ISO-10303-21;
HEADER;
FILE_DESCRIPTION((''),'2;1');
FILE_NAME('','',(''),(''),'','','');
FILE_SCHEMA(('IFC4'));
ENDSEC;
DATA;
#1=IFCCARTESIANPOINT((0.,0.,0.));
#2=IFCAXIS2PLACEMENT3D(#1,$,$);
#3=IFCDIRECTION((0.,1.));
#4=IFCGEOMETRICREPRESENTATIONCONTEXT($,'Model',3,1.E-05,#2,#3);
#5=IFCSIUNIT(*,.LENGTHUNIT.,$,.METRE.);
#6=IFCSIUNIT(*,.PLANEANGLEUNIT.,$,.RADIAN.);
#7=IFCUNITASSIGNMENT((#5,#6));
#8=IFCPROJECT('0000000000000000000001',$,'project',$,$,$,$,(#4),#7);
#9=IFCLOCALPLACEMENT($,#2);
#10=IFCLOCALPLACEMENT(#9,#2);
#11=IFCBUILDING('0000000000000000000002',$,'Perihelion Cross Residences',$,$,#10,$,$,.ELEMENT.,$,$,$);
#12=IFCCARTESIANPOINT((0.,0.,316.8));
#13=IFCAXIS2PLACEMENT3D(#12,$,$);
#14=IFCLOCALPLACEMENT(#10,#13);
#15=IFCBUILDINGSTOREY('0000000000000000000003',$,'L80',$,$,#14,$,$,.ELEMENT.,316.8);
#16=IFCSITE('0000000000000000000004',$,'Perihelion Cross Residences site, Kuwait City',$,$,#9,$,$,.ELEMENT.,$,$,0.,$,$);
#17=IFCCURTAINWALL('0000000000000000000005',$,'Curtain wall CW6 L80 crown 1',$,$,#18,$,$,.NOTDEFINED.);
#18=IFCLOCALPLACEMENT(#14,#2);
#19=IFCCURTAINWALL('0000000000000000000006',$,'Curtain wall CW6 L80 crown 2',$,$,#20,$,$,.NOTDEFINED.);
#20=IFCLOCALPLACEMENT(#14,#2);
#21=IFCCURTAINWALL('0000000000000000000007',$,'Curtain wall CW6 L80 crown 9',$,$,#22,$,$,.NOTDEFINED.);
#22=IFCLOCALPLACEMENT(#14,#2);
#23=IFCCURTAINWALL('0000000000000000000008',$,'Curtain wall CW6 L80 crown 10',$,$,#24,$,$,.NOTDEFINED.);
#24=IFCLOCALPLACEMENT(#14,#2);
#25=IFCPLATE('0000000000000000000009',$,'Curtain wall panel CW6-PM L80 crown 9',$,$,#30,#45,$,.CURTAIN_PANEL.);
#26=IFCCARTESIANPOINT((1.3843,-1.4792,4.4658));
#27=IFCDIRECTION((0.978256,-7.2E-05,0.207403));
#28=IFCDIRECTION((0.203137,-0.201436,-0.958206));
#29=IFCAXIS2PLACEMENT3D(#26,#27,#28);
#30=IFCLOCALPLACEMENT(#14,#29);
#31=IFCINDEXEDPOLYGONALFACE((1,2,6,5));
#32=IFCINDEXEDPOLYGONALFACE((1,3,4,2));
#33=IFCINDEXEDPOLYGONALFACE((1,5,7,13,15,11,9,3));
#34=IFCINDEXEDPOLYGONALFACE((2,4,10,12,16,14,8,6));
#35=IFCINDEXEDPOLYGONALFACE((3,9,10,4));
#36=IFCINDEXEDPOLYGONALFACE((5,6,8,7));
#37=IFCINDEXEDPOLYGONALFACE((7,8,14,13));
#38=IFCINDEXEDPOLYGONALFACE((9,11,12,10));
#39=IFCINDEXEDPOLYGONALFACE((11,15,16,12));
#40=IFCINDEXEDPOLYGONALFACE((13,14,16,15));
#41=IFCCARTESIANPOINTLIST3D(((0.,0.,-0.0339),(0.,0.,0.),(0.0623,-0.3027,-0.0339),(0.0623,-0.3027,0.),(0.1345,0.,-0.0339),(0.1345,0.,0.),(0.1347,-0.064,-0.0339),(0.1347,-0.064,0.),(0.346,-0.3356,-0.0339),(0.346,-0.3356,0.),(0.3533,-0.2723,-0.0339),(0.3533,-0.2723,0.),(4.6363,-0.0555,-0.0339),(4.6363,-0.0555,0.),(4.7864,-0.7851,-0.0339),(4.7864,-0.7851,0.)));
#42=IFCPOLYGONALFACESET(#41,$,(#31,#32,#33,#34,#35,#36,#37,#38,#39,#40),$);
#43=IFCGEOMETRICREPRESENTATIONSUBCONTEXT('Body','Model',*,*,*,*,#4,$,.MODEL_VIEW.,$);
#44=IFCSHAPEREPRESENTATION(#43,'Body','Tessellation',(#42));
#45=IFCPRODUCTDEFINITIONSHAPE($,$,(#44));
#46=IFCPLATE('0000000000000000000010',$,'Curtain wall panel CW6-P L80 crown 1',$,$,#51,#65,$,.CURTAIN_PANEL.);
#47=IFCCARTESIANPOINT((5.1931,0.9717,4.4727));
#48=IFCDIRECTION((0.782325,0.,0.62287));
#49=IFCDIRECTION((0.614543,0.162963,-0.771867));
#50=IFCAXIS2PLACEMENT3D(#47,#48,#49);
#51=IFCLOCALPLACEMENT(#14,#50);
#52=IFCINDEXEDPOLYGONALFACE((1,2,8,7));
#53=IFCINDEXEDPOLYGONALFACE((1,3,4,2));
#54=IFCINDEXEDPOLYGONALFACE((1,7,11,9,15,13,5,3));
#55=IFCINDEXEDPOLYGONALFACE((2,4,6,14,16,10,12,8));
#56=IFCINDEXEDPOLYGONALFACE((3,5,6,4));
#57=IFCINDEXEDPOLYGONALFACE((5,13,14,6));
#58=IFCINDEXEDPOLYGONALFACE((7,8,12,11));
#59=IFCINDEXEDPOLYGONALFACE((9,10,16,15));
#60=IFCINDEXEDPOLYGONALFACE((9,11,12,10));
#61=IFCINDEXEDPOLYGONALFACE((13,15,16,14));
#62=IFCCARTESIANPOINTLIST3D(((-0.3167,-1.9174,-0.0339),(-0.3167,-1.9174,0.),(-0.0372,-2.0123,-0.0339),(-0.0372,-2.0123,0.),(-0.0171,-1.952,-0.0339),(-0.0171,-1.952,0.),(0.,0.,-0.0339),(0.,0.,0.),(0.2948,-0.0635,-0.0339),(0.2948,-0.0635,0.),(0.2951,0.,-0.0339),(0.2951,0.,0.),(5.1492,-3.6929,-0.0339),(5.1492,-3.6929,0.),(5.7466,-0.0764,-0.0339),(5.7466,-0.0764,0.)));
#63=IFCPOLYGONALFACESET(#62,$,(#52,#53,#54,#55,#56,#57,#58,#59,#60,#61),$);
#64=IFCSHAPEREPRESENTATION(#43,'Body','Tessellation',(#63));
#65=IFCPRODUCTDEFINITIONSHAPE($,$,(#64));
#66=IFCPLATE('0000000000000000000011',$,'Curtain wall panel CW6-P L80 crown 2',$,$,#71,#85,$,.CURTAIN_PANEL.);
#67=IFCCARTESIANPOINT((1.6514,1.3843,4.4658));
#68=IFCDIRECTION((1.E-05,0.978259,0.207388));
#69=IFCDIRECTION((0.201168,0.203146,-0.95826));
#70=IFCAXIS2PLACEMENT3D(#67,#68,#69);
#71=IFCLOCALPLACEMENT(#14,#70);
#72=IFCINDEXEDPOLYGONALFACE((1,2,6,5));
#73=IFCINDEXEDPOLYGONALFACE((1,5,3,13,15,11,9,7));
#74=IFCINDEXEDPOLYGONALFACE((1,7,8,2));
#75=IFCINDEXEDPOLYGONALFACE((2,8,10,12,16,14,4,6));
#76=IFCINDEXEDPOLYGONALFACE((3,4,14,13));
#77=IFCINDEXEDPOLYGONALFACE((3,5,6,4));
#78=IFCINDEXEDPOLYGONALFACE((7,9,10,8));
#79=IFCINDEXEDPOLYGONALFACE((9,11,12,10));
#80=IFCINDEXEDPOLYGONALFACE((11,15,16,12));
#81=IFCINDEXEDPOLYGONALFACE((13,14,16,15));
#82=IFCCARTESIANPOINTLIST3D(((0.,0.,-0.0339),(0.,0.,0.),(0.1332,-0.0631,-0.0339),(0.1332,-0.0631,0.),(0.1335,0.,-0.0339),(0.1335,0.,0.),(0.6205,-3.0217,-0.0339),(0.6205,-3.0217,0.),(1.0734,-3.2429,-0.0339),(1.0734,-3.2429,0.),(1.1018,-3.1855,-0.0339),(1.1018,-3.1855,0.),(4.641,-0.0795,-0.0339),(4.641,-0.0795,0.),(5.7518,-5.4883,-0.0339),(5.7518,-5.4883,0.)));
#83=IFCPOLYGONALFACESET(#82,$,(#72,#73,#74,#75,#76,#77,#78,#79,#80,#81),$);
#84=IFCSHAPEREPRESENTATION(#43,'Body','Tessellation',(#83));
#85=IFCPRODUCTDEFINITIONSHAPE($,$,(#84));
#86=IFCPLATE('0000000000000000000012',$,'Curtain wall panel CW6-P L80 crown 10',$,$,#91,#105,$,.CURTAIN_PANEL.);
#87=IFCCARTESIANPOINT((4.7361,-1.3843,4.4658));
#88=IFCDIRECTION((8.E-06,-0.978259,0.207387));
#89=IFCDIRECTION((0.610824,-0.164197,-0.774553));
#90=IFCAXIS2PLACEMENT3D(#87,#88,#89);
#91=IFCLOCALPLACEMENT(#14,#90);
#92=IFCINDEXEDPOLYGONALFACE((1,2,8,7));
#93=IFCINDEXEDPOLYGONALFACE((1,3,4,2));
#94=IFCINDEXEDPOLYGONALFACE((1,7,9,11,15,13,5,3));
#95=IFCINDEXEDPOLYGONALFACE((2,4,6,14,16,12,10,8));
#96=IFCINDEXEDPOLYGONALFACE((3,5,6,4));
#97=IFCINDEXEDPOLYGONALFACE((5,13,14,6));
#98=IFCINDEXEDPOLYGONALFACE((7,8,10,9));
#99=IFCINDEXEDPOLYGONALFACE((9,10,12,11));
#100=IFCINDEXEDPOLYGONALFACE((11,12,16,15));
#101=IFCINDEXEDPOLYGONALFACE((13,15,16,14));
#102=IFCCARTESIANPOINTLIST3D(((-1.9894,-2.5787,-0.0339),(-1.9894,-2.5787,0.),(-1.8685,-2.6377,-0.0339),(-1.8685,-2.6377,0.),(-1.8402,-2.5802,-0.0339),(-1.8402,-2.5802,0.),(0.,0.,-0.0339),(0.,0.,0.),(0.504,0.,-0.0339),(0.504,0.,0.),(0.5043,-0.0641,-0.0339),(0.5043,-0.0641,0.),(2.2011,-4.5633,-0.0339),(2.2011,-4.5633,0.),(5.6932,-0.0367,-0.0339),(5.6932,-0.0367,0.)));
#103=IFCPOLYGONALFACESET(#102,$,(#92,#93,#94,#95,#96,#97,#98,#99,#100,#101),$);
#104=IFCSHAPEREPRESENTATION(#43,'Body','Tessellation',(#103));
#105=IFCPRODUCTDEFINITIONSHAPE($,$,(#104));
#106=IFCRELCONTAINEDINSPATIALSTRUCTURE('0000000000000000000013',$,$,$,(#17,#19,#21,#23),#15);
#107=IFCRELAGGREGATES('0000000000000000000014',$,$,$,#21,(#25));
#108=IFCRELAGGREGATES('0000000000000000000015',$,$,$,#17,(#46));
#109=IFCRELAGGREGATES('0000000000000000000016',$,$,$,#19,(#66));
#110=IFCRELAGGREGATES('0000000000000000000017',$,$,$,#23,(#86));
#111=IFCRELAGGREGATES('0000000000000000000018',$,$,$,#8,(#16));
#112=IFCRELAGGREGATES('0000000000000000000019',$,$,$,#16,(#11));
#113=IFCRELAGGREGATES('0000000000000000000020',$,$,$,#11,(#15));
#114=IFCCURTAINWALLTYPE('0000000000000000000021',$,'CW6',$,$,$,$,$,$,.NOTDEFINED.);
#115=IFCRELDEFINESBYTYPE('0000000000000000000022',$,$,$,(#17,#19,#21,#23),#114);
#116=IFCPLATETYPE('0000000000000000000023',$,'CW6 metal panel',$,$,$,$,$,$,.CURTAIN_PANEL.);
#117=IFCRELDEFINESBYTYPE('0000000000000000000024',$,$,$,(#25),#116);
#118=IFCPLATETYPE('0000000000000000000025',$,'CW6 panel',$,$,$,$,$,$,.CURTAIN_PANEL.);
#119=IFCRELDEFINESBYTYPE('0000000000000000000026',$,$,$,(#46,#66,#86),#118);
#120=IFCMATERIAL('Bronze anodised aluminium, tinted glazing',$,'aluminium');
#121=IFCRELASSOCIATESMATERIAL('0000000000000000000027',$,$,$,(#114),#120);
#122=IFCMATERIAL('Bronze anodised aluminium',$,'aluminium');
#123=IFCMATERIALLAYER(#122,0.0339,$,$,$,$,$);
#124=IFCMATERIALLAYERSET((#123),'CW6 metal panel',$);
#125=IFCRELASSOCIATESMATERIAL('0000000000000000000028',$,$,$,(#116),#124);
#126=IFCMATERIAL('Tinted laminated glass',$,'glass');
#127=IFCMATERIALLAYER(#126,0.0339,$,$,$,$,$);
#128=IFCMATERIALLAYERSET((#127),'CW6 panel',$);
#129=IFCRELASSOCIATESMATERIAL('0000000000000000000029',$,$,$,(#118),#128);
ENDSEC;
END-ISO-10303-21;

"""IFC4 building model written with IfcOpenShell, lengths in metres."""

from ifc_helpers import new_model, si_unit, direction, frame, origin, place, context, subcontext, project, spatial, polyline, outline, extrude, material, layer, layer_set, type_object, element, aggregate, save


model = new_model("IFC4")

# Units and contexts
model_context = context("Model", 3, precision=1e-05, world=origin(), true_north=direction((0.0, 1.0)))
body_context = subcontext(model_context, "Body", "Model", "MODEL_VIEW")
ifc_project = project(units=[si_unit("LENGTHUNIT", "METRE"), si_unit("PLANEANGLEUNIT", "RADIAN")], contexts=[model_context])

# Site, building, storey
site_placement = place(None, origin())
site = spatial("IfcSite", under=ifc_project, at=site_placement, Name="Perihelion Cross Residences site, Kuwait City", CompositionType="ELEMENT", RefElevation=0.0)
building_placement = place(site_placement, origin())
building = spatial("IfcBuilding", under=site, at=building_placement, Name="Perihelion Cross Residences", CompositionType="ELEMENT")
storey_placement = place(building_placement, frame((0.0, 0.0, 316.8)))
storey = spatial("IfcBuildingStorey", under=building, at=storey_placement, Name="L80", CompositionType="ELEMENT", Elevation=316.8)

# Curtain walls
ifc_material_1 = material(Name="Bronze anodised aluminium, tinted glazing", Category="aluminium")
curtain_wall_type = type_object("IfcCurtainWallType", Name="CW6", PredefinedType="NOTDEFINED", material=ifc_material_1)
curtain_wall_1_placement = place(storey_placement, origin())
curtain_wall_1 = element("IfcCurtainWall", 1, at=curtain_wall_1_placement, inside=storey, type_object=curtain_wall_type, Name="Curtain wall CW6 L80 crown 1", PredefinedType="NOTDEFINED")
curtain_wall_2_placement = place(storey_placement, origin())
curtain_wall_2 = element("IfcCurtainWall", 2, at=curtain_wall_2_placement, inside=storey, type_object=curtain_wall_type, Name="Curtain wall CW6 L80 crown 2", PredefinedType="NOTDEFINED")
curtain_wall_3_placement = place(storey_placement, origin())
curtain_wall_3 = element("IfcCurtainWall", 3, at=curtain_wall_3_placement, inside=storey, type_object=curtain_wall_type, Name="Curtain wall CW6 L80 crown 9", PredefinedType="NOTDEFINED")
curtain_wall_4_placement = place(storey_placement, origin())
curtain_wall_4 = element("IfcCurtainWall", 4, at=curtain_wall_4_placement, inside=storey, type_object=curtain_wall_type, Name="Curtain wall CW6 L80 crown 10", PredefinedType="NOTDEFINED")

# Shared definitions
ifc_material_2 = material(Name="Bronze anodised aluminium", Category="aluminium")
ifc_layer_1 = layer(ifc_material_2, 0.0339)
ifc_layer_set_1 = layer_set([ifc_layer_1], Name="CW6 metal panel")
plate_type_1 = type_object("IfcPlateType", Name="CW6 metal panel", PredefinedType="CURTAIN_PANEL", material=ifc_layer_set_1)

# Plates
plate_1_placement = place(storey_placement, frame((1.3843, -1.4792, 4.4658), z_axis=(0.978256, -0.000072, 0.207403), x_axis=(0.203137, -0.201436, -0.958206)))
plate_1 = element("IfcPlate", 5, at=plate_1_placement, type_object=plate_type_1, Name="Curtain wall panel CW6-PM L80 crown 9", PredefinedType="CURTAIN_PANEL", context=body_context, shape_type="SweptSolid", body=[
    extrude(outline(polyline([(0.0, 0.0), (0.1345, 0.0), (0.1347, -0.064), (4.6363, -0.0555), (4.7864, -0.7851), (0.3533, -0.2723), (0.346, -0.3356), (0.0623, -0.3027), (0.0, 0.0)])), origin(), (0.0, 0.0, -1.0), 0.0339),
])
aggregate(curtain_wall_3, [plate_1])
ifc_material_3 = material(Name="Tinted laminated glass", Category="glass")
ifc_layer_2 = layer(ifc_material_3, 0.0339)
ifc_layer_set_2 = layer_set([ifc_layer_2], Name="CW6 panel")
plate_type_2 = type_object("IfcPlateType", Name="CW6 panel", PredefinedType="CURTAIN_PANEL", material=ifc_layer_set_2)
plate_2_placement = place(storey_placement, frame((5.1931, 0.9717, 4.4727), z_axis=(0.782325, 0.0, 0.62287), x_axis=(0.614543, 0.162963, -0.771867)))
plate_2 = element("IfcPlate", 6, at=plate_2_placement, type_object=plate_type_2, Name="Curtain wall panel CW6-P L80 crown 1", PredefinedType="CURTAIN_PANEL", context=body_context, shape_type="SweptSolid", body=[
    extrude(outline(polyline([(0.0, 0.0), (0.2951, 0.0), (0.2948, -0.0635), (5.7466, -0.0764), (5.1492, -3.6929), (-0.0171, -1.952), (-0.0372, -2.0123), (-0.3167, -1.9174), (0.0, 0.0)])), origin(), (0.0, 0.0, -1.0), 0.0339),
])
aggregate(curtain_wall_1, [plate_2])
plate_3_placement = place(storey_placement, frame((1.6514, 1.3843, 4.4658), z_axis=(0.00001, 0.978259, 0.207388), x_axis=(0.201168, 0.203146, -0.95826)))
plate_3 = element("IfcPlate", 7, at=plate_3_placement, type_object=plate_type_2, Name="Curtain wall panel CW6-P L80 crown 2", PredefinedType="CURTAIN_PANEL", context=body_context, shape_type="SweptSolid", body=[
    extrude(outline(polyline([(0.0, 0.0), (0.1335, 0.0), (0.1332, -0.0631), (4.641, -0.0795), (5.7518, -5.4883), (1.1018, -3.1855), (1.0734, -3.2429), (0.6205, -3.0217), (0.0, 0.0)])), origin(), (0.0, 0.0, -1.0), 0.0339),
])
aggregate(curtain_wall_2, [plate_3])
plate_4_placement = place(storey_placement, frame((4.7361, -1.3843, 4.4658), z_axis=(0.000008, -0.978259, 0.207387), x_axis=(0.610824, -0.164197, -0.774553)))
plate_4 = element("IfcPlate", 8, at=plate_4_placement, type_object=plate_type_2, Name="Curtain wall panel CW6-P L80 crown 10", PredefinedType="CURTAIN_PANEL", context=body_context, shape_type="SweptSolid", body=[
    extrude(outline(polyline([(0.0, 0.0), (0.504, 0.0), (0.5043, -0.0641), (5.6932, -0.0367), (2.2011, -4.5633), (-1.8402, -2.5802), (-1.8685, -2.6377), (-1.9894, -2.5787), (0.0, 0.0)])), origin(), (0.0, 0.0, -1.0), 0.0339),
])
aggregate(curtain_wall_4, [plate_4])

save(model, "model.ifc")
